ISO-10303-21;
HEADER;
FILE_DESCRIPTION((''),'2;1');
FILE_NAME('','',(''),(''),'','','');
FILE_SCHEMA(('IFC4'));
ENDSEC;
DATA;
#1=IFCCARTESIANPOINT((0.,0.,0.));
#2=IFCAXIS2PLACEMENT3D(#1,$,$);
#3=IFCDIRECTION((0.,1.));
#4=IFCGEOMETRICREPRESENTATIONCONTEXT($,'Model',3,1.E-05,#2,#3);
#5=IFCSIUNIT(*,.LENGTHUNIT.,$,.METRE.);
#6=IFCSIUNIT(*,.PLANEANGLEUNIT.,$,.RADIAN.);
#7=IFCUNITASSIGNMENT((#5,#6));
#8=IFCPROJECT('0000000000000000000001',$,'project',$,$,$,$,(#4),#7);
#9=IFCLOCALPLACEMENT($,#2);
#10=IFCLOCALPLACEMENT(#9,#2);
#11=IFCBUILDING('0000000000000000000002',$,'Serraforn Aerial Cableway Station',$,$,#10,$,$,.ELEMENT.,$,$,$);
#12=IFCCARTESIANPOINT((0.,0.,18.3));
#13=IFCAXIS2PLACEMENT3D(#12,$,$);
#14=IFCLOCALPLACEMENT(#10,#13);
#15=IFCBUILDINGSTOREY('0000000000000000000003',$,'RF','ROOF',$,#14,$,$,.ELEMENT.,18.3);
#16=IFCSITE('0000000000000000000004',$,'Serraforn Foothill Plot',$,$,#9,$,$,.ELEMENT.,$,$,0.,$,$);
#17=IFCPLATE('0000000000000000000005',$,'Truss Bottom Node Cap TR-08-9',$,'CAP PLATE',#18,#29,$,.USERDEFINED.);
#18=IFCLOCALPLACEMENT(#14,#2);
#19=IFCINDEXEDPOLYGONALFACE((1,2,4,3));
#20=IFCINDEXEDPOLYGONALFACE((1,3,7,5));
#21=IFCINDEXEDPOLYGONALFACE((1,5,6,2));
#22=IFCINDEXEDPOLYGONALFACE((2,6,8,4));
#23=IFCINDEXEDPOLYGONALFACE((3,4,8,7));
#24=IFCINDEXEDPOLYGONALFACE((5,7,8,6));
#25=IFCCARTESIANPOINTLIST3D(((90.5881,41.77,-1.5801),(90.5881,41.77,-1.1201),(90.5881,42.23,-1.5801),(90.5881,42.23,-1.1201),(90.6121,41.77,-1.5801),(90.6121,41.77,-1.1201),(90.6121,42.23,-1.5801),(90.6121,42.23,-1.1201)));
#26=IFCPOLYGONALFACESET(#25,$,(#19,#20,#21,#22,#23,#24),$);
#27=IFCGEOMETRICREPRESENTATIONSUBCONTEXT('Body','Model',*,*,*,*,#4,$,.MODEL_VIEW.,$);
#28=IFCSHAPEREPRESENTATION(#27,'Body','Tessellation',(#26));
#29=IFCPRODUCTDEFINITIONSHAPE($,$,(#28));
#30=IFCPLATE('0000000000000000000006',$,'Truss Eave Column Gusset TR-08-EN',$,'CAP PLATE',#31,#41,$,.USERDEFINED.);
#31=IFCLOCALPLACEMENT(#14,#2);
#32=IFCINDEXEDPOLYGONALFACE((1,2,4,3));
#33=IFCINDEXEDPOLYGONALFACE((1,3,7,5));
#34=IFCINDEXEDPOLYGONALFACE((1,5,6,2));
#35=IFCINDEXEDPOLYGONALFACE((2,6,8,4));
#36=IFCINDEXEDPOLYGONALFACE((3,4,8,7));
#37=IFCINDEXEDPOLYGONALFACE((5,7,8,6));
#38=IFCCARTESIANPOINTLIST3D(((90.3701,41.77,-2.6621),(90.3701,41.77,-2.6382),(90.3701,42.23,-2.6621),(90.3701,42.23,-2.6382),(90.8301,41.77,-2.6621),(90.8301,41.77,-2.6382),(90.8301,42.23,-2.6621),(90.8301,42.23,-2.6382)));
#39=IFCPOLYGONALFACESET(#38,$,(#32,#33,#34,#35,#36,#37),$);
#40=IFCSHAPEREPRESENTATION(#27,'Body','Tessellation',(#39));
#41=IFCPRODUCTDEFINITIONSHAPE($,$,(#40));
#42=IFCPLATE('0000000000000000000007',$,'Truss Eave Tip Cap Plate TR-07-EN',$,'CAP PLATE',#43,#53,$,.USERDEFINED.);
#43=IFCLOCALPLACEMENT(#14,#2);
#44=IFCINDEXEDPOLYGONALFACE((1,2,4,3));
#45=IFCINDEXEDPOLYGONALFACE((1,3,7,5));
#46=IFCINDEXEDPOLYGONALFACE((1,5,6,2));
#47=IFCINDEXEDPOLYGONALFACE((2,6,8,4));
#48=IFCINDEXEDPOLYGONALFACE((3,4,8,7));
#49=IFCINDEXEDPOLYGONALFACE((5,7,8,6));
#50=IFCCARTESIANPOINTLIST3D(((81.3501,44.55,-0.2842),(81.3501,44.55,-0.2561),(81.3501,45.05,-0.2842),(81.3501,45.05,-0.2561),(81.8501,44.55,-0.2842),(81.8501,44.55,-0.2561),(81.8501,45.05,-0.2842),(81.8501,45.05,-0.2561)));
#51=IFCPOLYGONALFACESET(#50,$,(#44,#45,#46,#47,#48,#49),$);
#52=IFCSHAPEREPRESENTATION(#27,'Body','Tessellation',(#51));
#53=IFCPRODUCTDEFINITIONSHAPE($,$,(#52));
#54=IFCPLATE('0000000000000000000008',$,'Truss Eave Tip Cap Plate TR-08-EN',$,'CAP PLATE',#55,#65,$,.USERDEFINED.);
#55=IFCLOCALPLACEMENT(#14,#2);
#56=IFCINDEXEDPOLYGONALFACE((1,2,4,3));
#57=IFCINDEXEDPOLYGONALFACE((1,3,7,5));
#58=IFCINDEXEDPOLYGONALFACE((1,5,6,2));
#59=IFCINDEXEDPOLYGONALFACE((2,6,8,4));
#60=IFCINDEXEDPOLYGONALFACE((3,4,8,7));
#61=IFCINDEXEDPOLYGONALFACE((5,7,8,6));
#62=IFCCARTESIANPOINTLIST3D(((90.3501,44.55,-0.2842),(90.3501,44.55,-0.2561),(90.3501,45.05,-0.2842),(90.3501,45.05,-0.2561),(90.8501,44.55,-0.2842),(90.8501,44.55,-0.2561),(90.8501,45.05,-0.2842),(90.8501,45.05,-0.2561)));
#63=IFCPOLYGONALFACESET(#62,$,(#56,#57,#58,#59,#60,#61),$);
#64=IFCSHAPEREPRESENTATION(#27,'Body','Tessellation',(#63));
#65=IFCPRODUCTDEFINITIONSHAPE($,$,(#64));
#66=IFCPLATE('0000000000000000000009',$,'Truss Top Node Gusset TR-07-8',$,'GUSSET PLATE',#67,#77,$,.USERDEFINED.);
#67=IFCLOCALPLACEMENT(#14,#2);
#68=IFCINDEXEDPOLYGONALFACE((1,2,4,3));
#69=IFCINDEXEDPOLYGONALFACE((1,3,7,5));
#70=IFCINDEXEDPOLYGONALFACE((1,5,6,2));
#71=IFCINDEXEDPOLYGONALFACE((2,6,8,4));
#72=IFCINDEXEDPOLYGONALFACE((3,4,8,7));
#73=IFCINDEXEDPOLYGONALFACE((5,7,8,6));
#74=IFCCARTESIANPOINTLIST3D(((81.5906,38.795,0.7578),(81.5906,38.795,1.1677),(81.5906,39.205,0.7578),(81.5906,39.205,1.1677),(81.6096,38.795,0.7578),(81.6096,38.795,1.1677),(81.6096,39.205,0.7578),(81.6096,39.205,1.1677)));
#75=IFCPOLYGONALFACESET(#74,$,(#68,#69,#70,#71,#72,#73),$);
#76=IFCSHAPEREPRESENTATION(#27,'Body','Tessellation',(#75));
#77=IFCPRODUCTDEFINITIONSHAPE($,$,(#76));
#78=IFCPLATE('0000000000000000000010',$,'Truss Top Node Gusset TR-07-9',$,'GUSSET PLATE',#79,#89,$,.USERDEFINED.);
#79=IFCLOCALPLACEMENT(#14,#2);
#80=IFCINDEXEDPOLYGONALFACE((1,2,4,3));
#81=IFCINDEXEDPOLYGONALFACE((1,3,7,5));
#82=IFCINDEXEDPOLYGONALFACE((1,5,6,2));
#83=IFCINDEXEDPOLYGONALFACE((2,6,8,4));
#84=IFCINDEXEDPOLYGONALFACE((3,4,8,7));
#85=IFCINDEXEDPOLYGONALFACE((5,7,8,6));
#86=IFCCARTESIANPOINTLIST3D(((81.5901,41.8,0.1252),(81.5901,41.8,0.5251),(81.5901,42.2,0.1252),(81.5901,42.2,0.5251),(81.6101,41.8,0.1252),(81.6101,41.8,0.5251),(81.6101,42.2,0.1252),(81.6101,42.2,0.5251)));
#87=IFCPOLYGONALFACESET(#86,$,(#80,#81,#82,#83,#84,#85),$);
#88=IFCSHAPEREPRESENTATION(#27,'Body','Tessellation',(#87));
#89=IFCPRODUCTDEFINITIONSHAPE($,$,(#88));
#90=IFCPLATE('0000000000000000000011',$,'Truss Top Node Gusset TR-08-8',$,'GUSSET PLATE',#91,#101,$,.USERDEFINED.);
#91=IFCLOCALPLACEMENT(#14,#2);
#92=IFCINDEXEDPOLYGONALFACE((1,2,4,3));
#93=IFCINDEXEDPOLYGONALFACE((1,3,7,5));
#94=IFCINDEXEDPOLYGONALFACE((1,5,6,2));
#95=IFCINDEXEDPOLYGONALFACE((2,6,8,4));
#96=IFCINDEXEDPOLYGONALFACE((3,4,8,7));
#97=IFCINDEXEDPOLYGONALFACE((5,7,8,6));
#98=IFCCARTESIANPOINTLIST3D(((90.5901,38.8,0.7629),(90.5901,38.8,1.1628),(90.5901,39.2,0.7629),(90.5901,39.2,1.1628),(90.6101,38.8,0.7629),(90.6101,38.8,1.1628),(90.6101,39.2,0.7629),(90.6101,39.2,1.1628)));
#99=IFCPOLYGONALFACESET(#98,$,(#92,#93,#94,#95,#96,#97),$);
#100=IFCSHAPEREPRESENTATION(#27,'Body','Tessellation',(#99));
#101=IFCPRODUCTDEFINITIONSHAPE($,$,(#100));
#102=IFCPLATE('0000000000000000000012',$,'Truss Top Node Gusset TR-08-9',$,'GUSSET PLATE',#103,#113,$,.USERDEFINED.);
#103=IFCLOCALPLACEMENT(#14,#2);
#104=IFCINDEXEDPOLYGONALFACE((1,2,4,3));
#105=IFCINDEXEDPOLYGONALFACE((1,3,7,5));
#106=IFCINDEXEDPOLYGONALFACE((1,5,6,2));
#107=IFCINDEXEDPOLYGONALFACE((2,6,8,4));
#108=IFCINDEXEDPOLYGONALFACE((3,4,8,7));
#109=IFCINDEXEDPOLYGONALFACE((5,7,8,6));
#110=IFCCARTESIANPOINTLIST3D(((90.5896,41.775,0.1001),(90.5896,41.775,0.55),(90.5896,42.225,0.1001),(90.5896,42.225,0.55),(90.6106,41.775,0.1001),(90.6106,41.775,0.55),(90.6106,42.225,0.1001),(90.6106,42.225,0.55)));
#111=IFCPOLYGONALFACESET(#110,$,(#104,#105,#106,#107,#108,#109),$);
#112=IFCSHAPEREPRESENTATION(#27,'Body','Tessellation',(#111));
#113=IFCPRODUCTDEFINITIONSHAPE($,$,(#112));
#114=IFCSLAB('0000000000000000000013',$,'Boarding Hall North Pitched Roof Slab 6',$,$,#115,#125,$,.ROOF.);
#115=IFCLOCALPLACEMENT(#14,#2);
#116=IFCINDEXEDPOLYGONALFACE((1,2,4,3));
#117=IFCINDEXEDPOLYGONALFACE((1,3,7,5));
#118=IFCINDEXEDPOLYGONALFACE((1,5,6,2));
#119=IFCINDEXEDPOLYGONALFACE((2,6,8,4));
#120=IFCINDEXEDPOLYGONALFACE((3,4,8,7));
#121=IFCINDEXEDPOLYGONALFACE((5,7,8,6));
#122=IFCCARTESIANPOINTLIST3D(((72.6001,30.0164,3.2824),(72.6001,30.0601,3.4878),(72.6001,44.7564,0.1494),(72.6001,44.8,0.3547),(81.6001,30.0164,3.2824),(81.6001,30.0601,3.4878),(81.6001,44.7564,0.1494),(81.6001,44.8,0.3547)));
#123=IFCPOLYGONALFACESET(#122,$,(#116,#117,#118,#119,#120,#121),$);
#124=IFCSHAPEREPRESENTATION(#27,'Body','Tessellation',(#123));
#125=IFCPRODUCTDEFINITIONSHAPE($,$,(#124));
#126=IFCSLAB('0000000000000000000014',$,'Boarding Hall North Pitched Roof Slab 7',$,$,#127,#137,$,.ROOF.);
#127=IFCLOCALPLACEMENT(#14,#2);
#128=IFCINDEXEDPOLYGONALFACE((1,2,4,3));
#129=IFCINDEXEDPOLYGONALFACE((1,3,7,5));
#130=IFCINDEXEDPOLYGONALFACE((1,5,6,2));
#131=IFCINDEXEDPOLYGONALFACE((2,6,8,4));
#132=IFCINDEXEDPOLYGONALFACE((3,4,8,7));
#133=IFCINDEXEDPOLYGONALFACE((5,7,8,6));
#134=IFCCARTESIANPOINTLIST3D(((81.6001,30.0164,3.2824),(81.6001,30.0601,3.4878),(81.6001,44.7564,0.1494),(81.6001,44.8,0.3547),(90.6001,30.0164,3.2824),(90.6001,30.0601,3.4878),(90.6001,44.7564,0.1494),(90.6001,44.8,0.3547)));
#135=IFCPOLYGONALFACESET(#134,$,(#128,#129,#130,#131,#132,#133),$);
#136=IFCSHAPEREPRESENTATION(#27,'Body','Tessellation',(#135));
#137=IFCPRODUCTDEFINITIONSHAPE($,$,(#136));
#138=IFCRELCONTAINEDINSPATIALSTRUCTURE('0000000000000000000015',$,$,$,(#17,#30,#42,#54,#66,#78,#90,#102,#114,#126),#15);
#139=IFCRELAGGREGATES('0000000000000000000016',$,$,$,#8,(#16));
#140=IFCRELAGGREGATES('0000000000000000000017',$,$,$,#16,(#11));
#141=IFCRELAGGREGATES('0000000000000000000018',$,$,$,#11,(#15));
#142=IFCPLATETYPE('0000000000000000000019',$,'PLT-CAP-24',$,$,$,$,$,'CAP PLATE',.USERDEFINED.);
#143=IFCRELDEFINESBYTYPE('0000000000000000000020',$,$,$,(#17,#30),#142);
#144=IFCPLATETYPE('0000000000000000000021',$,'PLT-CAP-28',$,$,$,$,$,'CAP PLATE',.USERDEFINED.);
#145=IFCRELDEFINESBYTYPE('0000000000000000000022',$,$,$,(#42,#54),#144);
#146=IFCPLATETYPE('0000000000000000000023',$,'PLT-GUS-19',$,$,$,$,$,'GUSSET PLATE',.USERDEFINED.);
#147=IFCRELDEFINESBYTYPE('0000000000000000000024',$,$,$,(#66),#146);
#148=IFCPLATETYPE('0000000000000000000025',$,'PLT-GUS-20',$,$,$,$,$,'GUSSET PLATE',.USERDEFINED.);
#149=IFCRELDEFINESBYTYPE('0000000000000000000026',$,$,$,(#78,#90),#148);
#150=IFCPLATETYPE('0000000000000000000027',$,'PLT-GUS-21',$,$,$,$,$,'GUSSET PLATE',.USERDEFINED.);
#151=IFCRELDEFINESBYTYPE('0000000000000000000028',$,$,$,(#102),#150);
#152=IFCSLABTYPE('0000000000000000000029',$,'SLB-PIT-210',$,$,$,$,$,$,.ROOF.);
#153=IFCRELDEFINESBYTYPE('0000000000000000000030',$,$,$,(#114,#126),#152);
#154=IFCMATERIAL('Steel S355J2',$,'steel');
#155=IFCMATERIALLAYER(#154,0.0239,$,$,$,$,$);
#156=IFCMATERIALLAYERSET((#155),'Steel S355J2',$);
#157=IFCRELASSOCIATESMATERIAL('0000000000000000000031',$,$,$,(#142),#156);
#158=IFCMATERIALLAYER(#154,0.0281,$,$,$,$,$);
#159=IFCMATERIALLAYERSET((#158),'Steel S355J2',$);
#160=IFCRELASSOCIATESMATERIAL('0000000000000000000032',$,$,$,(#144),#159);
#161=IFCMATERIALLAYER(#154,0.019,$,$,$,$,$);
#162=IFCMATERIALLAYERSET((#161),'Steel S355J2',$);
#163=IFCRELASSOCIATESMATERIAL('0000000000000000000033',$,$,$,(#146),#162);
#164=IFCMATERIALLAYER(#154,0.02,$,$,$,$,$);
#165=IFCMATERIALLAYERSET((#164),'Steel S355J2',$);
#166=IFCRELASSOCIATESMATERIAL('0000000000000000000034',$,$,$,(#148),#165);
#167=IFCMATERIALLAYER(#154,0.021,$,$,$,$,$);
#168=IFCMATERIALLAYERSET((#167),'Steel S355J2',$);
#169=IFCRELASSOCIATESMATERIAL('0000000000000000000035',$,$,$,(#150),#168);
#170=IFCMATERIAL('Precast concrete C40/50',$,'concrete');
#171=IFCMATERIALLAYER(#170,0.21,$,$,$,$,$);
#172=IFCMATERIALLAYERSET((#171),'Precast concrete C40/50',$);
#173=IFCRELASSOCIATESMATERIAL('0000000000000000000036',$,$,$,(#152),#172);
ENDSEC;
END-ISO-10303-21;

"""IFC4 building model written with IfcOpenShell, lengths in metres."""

from ifc_helpers import new_model, si_unit, direction, frame, origin, origin_2d, place, context, subcontext, project, spatial, polyline, rectangle, outline, extrude, material, layer, layer_set, type_object, element, save


model = new_model("IFC4")

# Units and contexts
model_context = context("Model", 3, precision=1e-05, world=origin(), true_north=direction((0.0, 1.0)))
body_context = subcontext(model_context, "Body", "Model", "MODEL_VIEW")
ifc_project = project(units=[si_unit("LENGTHUNIT", "METRE"), si_unit("PLANEANGLEUNIT", "RADIAN")], contexts=[model_context])

# Site, building, storey
site_placement = place(None, origin())
site = spatial("IfcSite", under=ifc_project, at=site_placement, Name="Serraforn Foothill Plot", CompositionType="ELEMENT", RefElevation=0.0)
building_placement = place(site_placement, origin())
building = spatial("IfcBuilding", under=site, at=building_placement, Name="Serraforn Aerial Cableway Station", CompositionType="ELEMENT")
storey_placement = place(building_placement, frame((0.0, 0.0, 18.3)))
storey = spatial("IfcBuildingStorey", under=building, at=storey_placement, Name="RF", Description="ROOF", CompositionType="ELEMENT", Elevation=18.3)

# Shared definitions
ifc_material_1 = material(Name="Steel S355J2", Category="steel")

# Plates
ifc_layer_1 = layer(ifc_material_1, 0.0239)
ifc_layer_set_1 = layer_set([ifc_layer_1], Name="Steel S355J2")
plate_type_1 = type_object("IfcPlateType", Name="PLT-CAP-24", ElementType="CAP PLATE", PredefinedType="USERDEFINED", material=ifc_layer_set_1)
plate_1_placement = place(storey_placement, frame((90.6001, 42.0, -1.5801), z_axis=(0.0, 0.0, 1.0), x_axis=(1.0, 0.0, 0.0)))
element("IfcPlate", 1, at=plate_1_placement, inside=storey, type_object=plate_type_1, Name="Truss Bottom Node Cap TR-08-9", ObjectType="CAP PLATE", PredefinedType="USERDEFINED", context=body_context, shape_type="SweptSolid", body=[
    extrude(rectangle(XDim=0.0239, YDim=0.46, at=origin_2d()), origin(), (0.0, 0.0, 1.0), 0.46),
])
plate_2_placement = place(storey_placement, frame((90.6001, 42.0, -2.6621), z_axis=(0.0, 0.0, 1.0), x_axis=(1.0, 0.0, 0.0)))
element("IfcPlate", 2, at=plate_2_placement, inside=storey, type_object=plate_type_1, Name="Truss Eave Column Gusset TR-08-EN", ObjectType="CAP PLATE", PredefinedType="USERDEFINED", context=body_context, shape_type="SweptSolid", body=[
    extrude(rectangle(XDim=0.46, YDim=0.46, at=origin_2d()), origin(), (0.0, 0.0, 1.0), 0.0239),
])
ifc_layer_2 = layer(ifc_material_1, 0.0281)
ifc_layer_set_2 = layer_set([ifc_layer_2], Name="Steel S355J2")
plate_type_2 = type_object("IfcPlateType", Name="PLT-CAP-28", ElementType="CAP PLATE", PredefinedType="USERDEFINED", material=ifc_layer_set_2)
for number, where, z_axis, x_axis, name in (
    (3, (81.6001, 44.8, -0.2842), (0.0, 0.0, 1.0), (1.0, 0.0, 0.0), "Truss Eave Tip Cap Plate TR-07-EN"),
    (4, (90.6001, 44.8, -0.2842), (0.0, 0.0, 1.0), (1.0, 0.0, 0.0), "Truss Eave Tip Cap Plate TR-08-EN"),
):
    element("IfcPlate", number, at=place(storey_placement, frame(where, z_axis=z_axis, x_axis=x_axis)), inside=storey, type_object=plate_type_2, Name=name, ObjectType="CAP PLATE", PredefinedType="USERDEFINED", context=body_context, shape_type="SweptSolid", body=[
        extrude(rectangle(XDim=0.5, YDim=0.5, at=origin_2d()), origin(), (0.0, 0.0, 1.0), 0.0281),
    ])
ifc_layer_3 = layer(ifc_material_1, 0.019)
ifc_layer_set_3 = layer_set([ifc_layer_3], Name="Steel S355J2")
plate_type_3 = type_object("IfcPlateType", Name="PLT-GUS-19", ElementType="GUSSET PLATE", PredefinedType="USERDEFINED", material=ifc_layer_set_3)
plate_3_placement = place(storey_placement, frame((81.6001, 39.0, 0.7578), z_axis=(0.0, 0.0, 1.0), x_axis=(1.0, 0.0, 0.0)))
element("IfcPlate", 5, at=plate_3_placement, inside=storey, type_object=plate_type_3, Name="Truss Top Node Gusset TR-07-8", ObjectType="GUSSET PLATE", PredefinedType="USERDEFINED", context=body_context, shape_type="SweptSolid", body=[
    extrude(rectangle(XDim=0.019, YDim=0.4099, at=origin_2d()), origin(), (0.0, 0.0, 1.0), 0.4099),
])
ifc_layer_4 = layer(ifc_material_1, 0.02)
ifc_layer_set_4 = layer_set([ifc_layer_4], Name="Steel S355J2")
plate_type_4 = type_object("IfcPlateType", Name="PLT-GUS-20", ElementType="GUSSET PLATE", PredefinedType="USERDEFINED", material=ifc_layer_set_4)
for number, where, z_axis, x_axis, name in (
    (6, (81.6001, 42.0, 0.1252), (0.0, 0.0, 1.0), (1.0, 0.0, 0.0), "Truss Top Node Gusset TR-07-9"),
    (7, (90.6001, 39.0, 0.7629), (0.0, 0.0, 1.0), (1.0, 0.0, 0.0), "Truss Top Node Gusset TR-08-8"),
):
    element("IfcPlate", number, at=place(storey_placement, frame(where, z_axis=z_axis, x_axis=x_axis)), inside=storey, type_object=plate_type_4, Name=name, ObjectType="GUSSET PLATE", PredefinedType="USERDEFINED", context=body_context, shape_type="SweptSolid", body=[
        extrude(rectangle(XDim=0.02, YDim=0.3999, at=origin_2d()), origin(), (0.0, 0.0, 1.0), 0.3999),
    ])
ifc_layer_5 = layer(ifc_material_1, 0.021)
ifc_layer_set_5 = layer_set([ifc_layer_5], Name="Steel S355J2")
plate_type_5 = type_object("IfcPlateType", Name="PLT-GUS-21", ElementType="GUSSET PLATE", PredefinedType="USERDEFINED", material=ifc_layer_set_5)
plate_4_placement = place(storey_placement, frame((90.6001, 42.0, 0.1001), z_axis=(0.0, 0.0, 1.0), x_axis=(1.0, 0.0, 0.0)))
element("IfcPlate", 8, at=plate_4_placement, inside=storey, type_object=plate_type_5, Name="Truss Top Node Gusset TR-08-9", ObjectType="GUSSET PLATE", PredefinedType="USERDEFINED", context=body_context, shape_type="SweptSolid", body=[
    extrude(rectangle(XDim=0.021, YDim=0.45, at=origin_2d()), origin(), (0.0, 0.0, 1.0), 0.45),
])

# Slabs
ifc_material_2 = material(Name="Precast concrete C40/50", Category="concrete")
ifc_layer_6 = layer(ifc_material_2, 0.21)
ifc_layer_set_6 = layer_set([ifc_layer_6], Name="Precast concrete C40/50")
slab_type = type_object("IfcSlabType", Name="SLB-PIT-210", PredefinedType="ROOF", material=ifc_layer_set_6)
for number, where, z_axis, x_axis, name in (
    (9, (81.6001, 44.8, 0.3547), (0.0, 0.20791, 0.978148), (-1.0, 0.0, 0.0), "Boarding Hall North Pitched Roof Slab 6"),
    (10, (90.6001, 44.8, 0.3547), (0.0, 0.20791, 0.978148), (-1.0, 0.0, 0.0), "Boarding Hall North Pitched Roof Slab 7"),
):
    element("IfcSlab", number, at=place(storey_placement, frame(where, z_axis=z_axis, x_axis=x_axis)), inside=storey, type_object=slab_type, Name=name, PredefinedType="ROOF", context=body_context, shape_type="SweptSolid", body=[
        extrude(outline(polyline([(0.0, 0.0), (9.0, 0.0), (9.0, 15.0693), (0.0, 15.0693), (0.0, 0.0)])), origin(), (0.0, 0.0, -1.0), 0.21),
    ])

save(model, "model.ifc")
